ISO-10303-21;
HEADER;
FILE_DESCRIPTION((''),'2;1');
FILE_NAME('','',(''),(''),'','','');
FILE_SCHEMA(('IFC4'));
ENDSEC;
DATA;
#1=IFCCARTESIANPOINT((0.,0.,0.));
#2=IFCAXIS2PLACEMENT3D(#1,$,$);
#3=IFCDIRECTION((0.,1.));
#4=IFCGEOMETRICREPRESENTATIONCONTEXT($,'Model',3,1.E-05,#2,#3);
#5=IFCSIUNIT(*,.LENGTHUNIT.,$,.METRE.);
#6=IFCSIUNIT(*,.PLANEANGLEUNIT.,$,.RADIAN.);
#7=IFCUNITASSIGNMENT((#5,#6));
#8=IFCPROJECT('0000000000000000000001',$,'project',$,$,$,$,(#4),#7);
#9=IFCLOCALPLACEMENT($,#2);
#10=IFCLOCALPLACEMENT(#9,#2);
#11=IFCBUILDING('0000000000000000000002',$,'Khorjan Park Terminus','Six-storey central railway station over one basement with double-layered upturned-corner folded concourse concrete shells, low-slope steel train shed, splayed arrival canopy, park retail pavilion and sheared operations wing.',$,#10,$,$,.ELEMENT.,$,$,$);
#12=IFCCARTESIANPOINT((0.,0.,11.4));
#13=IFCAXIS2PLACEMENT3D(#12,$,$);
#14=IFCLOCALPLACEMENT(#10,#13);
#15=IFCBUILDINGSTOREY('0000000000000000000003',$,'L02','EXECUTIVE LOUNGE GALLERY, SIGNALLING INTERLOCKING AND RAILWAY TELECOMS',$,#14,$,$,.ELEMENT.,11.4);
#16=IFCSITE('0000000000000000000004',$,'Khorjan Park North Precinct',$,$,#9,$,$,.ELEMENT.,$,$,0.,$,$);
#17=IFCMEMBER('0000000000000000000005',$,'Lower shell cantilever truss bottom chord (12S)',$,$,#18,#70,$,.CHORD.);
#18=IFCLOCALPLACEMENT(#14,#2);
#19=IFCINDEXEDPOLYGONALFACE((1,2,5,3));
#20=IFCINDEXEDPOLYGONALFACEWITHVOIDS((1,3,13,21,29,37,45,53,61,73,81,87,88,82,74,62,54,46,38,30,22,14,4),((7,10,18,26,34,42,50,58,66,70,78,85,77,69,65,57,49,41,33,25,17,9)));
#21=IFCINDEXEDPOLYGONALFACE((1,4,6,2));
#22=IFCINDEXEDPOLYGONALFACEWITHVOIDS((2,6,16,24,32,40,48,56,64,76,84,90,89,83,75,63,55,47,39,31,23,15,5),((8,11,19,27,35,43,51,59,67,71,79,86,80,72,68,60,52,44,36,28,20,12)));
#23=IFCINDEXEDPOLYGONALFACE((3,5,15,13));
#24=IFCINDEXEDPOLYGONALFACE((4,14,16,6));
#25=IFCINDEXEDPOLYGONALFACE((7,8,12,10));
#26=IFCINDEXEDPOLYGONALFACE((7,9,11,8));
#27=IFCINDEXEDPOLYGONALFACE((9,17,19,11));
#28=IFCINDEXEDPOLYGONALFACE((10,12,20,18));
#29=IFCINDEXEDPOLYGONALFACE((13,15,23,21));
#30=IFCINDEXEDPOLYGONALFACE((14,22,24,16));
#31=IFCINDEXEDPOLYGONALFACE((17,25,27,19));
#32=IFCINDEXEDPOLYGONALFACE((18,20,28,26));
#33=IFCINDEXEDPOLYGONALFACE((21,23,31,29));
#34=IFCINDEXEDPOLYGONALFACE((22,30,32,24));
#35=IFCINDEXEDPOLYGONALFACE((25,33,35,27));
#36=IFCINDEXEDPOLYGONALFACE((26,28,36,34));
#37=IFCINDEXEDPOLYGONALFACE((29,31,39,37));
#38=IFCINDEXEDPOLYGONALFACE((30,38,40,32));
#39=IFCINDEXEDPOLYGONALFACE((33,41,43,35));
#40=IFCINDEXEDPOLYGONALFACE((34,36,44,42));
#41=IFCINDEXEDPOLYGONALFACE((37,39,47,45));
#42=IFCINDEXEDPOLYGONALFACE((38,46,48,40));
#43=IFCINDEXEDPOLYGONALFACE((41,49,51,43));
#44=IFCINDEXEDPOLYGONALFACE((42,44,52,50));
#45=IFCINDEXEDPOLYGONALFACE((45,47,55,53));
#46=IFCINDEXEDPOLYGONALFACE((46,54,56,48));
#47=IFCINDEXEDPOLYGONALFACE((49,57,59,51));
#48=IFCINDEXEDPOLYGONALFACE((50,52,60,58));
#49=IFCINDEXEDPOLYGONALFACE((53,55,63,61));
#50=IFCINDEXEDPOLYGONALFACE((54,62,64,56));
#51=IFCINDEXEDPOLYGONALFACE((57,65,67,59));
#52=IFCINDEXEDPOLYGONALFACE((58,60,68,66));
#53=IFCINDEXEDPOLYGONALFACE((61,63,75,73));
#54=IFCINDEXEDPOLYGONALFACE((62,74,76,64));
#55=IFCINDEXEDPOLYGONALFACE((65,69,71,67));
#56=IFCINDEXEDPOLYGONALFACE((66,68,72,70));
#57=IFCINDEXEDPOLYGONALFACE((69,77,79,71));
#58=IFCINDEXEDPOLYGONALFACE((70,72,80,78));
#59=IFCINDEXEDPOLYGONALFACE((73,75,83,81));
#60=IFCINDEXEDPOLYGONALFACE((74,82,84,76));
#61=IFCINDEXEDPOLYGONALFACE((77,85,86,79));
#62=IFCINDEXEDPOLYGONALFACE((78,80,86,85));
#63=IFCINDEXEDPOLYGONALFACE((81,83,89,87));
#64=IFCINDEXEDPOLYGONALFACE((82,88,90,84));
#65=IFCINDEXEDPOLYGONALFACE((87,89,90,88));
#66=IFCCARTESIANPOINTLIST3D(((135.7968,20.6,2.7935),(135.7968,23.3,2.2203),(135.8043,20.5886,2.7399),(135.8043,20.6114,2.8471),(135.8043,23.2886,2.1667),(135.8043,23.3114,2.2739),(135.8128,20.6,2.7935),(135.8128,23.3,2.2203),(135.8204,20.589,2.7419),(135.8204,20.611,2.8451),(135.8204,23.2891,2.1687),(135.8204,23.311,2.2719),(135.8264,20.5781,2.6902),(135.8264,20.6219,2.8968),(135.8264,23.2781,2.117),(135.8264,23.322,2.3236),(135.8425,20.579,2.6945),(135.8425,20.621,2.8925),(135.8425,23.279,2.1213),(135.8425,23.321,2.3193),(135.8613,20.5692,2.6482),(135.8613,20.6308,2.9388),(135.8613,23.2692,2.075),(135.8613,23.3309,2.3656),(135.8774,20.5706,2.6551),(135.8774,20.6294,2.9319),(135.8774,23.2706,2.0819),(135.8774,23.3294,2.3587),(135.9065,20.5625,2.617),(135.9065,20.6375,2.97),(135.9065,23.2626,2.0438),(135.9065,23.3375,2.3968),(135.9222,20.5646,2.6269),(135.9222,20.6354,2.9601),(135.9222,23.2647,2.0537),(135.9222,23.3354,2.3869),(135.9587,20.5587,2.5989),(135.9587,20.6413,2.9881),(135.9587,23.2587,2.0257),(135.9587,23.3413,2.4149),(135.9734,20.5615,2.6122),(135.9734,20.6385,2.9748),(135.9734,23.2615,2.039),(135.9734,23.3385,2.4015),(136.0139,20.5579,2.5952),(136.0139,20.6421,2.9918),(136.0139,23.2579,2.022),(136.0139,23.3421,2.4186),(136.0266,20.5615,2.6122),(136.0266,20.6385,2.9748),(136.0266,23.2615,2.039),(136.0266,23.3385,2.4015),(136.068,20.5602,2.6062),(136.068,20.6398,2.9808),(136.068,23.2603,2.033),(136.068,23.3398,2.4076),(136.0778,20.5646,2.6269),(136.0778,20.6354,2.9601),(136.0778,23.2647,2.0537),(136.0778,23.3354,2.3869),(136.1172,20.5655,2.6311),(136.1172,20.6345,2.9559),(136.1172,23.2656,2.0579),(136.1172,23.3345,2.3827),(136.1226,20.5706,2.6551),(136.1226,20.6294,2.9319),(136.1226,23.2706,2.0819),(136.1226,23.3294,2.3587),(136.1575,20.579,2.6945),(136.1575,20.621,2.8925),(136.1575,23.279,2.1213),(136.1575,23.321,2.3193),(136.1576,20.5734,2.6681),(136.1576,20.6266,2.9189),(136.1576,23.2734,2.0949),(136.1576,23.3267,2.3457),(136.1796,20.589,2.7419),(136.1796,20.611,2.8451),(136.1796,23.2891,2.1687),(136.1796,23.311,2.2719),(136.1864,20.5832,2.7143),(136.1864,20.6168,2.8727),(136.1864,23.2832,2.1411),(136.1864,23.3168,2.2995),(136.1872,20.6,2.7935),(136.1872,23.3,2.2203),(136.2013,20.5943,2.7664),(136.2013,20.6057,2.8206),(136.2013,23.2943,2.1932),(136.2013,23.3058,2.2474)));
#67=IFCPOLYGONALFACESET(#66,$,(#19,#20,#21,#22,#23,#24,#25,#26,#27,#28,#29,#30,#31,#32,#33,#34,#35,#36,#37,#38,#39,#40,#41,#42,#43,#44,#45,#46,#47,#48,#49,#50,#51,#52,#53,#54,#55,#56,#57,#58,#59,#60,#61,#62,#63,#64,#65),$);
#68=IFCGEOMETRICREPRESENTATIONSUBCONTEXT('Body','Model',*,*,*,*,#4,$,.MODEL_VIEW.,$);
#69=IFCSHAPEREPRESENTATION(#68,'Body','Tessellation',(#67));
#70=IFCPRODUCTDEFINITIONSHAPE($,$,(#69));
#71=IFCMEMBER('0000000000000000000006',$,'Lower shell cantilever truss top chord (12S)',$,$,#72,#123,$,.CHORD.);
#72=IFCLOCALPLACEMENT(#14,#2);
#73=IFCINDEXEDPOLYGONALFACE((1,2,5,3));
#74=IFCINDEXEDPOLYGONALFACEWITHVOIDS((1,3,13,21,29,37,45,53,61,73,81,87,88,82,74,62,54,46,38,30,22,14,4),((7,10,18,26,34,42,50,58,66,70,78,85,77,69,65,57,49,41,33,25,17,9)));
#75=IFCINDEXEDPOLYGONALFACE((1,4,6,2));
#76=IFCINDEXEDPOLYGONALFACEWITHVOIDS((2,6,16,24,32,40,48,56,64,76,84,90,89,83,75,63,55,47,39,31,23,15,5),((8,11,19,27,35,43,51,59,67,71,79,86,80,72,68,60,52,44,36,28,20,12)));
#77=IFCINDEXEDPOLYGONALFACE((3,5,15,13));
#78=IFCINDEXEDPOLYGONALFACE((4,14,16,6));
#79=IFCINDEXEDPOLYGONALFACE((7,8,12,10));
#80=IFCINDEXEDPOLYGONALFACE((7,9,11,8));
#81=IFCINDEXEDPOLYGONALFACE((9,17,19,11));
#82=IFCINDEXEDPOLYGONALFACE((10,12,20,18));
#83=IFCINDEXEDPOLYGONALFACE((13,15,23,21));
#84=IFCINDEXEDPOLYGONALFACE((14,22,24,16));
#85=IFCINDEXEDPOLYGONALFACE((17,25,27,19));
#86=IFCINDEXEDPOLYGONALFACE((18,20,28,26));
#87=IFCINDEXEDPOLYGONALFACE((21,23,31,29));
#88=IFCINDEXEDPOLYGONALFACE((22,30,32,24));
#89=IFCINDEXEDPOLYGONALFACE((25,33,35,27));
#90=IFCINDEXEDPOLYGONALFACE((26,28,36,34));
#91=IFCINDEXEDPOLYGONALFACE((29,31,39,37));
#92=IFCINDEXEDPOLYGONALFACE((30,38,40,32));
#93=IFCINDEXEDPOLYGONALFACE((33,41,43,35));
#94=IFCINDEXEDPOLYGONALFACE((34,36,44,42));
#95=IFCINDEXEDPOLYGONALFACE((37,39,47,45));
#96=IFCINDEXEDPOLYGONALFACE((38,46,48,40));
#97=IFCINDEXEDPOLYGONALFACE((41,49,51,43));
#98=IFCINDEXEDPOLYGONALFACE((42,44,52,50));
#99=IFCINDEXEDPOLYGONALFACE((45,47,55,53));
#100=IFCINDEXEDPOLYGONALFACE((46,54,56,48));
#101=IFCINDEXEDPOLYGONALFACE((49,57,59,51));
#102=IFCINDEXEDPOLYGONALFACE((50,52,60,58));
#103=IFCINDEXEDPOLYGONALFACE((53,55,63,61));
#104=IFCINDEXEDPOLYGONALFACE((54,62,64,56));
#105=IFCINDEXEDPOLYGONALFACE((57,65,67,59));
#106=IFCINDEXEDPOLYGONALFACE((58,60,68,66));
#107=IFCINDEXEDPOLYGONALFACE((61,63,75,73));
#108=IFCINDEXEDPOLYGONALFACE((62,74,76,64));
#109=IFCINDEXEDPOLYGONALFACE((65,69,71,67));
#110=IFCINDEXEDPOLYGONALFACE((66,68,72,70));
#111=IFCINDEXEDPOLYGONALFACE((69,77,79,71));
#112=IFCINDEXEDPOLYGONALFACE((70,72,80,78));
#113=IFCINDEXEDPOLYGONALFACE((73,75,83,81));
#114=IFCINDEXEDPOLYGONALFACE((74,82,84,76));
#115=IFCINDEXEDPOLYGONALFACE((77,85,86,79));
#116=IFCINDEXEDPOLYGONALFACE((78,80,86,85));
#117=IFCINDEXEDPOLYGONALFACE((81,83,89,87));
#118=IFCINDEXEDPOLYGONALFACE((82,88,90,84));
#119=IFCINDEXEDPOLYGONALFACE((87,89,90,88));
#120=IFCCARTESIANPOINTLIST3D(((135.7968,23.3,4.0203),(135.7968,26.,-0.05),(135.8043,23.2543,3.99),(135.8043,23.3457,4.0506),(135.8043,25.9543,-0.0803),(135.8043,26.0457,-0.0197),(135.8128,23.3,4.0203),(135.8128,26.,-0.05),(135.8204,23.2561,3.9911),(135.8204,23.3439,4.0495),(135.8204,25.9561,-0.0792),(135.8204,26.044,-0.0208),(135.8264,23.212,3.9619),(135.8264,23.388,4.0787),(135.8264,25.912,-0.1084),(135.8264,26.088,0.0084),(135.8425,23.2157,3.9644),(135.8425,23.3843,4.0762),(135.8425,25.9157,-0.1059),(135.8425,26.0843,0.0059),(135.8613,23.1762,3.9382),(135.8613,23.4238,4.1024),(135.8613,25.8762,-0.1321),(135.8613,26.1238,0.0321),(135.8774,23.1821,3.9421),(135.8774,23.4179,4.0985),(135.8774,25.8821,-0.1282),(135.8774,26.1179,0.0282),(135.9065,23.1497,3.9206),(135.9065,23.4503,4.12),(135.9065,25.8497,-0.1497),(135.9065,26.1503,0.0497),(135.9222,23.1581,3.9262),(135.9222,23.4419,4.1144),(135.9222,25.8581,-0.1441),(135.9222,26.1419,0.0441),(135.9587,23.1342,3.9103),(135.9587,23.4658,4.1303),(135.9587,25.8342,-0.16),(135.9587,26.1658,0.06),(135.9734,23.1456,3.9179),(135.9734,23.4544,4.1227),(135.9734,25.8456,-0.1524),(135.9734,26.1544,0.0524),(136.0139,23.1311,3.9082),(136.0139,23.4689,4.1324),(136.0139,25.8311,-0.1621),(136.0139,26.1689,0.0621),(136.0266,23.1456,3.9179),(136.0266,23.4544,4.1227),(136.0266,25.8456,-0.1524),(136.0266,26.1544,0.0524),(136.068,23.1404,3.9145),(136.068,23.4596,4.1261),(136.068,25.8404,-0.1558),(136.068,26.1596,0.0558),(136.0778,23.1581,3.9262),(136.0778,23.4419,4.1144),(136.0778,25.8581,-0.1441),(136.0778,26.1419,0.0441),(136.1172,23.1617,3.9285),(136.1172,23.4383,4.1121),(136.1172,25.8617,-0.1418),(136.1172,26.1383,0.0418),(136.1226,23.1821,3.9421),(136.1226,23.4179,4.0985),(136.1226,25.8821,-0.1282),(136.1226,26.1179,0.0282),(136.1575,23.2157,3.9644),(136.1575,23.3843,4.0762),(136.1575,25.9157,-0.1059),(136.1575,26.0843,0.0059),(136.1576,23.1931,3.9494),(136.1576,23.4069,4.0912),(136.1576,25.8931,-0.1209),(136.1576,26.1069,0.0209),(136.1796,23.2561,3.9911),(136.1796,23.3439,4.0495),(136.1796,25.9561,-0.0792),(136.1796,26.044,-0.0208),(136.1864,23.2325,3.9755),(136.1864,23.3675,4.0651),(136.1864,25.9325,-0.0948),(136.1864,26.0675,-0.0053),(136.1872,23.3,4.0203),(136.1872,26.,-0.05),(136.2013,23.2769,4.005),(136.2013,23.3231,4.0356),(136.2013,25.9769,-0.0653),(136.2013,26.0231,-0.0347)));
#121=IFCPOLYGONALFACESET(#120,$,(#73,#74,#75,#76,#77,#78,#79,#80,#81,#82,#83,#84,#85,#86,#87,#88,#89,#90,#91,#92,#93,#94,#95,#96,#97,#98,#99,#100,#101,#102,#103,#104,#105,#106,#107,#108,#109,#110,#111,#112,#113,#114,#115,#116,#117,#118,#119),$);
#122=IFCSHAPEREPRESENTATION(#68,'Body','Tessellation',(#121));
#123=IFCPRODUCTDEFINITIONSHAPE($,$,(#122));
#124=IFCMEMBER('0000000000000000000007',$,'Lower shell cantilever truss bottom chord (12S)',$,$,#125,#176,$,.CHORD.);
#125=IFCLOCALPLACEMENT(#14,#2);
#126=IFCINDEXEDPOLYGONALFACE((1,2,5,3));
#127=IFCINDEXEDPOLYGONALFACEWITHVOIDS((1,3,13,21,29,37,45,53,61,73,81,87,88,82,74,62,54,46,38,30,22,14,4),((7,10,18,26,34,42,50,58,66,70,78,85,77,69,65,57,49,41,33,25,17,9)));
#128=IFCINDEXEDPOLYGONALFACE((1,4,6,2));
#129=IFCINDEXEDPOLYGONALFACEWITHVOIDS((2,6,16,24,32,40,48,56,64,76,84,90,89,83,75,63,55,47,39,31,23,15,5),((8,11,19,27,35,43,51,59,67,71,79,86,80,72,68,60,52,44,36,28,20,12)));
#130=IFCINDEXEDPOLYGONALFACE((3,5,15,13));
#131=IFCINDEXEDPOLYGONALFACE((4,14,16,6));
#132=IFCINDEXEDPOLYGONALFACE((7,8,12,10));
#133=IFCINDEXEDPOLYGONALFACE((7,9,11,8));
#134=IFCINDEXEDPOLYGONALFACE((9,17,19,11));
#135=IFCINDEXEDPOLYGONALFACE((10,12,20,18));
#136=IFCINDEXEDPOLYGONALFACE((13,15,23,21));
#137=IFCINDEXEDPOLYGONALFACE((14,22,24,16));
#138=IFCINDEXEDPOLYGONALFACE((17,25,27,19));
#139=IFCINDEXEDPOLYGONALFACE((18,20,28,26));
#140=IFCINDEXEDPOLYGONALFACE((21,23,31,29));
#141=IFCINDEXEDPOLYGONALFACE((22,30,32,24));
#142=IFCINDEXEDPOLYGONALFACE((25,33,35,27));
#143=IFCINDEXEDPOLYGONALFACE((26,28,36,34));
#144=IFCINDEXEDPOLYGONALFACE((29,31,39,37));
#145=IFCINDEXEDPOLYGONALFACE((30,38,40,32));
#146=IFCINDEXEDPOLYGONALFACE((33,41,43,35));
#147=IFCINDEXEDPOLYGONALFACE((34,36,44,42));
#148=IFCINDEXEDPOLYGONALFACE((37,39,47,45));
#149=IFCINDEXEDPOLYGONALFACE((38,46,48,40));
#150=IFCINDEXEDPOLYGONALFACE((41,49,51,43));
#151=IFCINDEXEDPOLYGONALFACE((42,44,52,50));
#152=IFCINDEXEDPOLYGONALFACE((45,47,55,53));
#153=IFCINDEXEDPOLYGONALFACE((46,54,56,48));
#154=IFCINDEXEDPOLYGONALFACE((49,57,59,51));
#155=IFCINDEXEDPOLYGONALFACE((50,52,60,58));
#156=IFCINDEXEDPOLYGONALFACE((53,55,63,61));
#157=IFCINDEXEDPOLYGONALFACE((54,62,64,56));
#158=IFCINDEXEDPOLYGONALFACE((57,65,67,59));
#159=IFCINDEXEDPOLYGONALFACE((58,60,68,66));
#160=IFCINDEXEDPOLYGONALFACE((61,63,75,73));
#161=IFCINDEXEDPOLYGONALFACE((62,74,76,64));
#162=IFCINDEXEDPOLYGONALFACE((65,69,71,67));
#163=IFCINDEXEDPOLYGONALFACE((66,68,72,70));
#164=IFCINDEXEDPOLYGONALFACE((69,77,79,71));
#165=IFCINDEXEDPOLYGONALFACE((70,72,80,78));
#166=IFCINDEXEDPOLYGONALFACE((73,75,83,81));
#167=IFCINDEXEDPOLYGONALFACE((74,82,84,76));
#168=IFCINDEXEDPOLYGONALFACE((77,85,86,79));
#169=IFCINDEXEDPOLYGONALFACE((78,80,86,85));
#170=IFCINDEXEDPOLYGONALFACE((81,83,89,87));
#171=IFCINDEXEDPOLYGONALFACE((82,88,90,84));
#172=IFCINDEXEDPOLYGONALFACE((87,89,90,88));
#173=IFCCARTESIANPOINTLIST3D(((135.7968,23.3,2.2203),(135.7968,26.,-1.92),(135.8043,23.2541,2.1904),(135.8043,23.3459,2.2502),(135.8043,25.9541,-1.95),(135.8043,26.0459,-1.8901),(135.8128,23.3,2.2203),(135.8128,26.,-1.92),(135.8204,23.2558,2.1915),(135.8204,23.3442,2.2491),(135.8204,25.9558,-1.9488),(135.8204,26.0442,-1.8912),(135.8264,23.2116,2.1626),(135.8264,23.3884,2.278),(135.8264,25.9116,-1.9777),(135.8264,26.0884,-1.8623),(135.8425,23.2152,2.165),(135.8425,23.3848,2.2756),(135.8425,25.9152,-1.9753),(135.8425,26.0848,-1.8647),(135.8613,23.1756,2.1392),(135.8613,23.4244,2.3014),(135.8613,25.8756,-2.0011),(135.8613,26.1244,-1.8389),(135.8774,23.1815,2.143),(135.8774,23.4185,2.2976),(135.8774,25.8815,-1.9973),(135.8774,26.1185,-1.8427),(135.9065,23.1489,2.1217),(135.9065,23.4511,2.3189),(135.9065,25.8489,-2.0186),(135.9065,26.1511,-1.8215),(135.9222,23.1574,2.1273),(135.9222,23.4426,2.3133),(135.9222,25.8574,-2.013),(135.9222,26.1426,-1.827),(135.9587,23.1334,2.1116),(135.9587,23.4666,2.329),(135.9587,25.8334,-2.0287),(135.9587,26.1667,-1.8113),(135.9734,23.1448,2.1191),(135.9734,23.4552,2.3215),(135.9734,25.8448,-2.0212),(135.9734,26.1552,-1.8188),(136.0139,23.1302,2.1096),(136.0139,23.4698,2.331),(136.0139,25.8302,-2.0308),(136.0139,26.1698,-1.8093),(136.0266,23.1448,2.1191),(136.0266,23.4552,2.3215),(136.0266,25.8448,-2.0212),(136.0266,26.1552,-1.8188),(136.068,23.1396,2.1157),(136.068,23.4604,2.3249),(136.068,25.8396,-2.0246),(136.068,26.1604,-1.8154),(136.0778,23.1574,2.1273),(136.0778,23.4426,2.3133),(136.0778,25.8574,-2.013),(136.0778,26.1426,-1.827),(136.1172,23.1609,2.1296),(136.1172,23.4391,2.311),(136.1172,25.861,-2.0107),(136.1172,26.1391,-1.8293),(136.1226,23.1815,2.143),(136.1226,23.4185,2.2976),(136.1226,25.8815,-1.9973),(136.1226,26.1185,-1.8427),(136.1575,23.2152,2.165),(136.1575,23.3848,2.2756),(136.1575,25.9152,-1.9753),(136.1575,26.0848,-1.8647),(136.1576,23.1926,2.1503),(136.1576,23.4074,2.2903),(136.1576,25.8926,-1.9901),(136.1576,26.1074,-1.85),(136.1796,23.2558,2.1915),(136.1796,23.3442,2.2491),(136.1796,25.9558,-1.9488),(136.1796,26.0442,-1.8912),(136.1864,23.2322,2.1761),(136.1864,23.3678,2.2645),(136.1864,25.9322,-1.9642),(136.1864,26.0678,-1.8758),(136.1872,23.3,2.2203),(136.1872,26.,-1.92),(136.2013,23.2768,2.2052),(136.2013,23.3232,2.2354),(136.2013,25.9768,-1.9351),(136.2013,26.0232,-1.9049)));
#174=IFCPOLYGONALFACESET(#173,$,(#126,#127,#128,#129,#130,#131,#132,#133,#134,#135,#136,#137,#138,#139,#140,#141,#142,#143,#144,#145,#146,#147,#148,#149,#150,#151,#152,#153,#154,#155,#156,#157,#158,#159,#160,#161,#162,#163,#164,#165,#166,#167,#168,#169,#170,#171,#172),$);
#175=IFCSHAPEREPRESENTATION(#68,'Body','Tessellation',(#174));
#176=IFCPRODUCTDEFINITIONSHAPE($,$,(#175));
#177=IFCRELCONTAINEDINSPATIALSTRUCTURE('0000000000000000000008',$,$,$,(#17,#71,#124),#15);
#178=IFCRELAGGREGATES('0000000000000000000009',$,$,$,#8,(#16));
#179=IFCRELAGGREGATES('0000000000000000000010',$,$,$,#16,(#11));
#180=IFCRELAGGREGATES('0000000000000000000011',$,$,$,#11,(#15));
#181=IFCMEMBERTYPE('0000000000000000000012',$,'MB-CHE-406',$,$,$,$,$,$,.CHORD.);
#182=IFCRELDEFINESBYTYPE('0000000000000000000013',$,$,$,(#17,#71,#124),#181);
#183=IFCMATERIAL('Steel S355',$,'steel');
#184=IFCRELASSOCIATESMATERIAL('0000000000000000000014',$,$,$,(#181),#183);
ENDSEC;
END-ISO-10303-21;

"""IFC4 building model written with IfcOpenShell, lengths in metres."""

from ifc_helpers import new_model, si_unit, direction, frame, origin, origin_2d, place, context, subcontext, project, spatial, hollow_circle, extrude, material, material_profile, profile_set, type_object, element, save


model = new_model("IFC4")

# Units and contexts
model_context = context("Model", 3, precision=1e-05, world=origin(), true_north=direction((0.0, 1.0)))
body_context = subcontext(model_context, "Body", "Model", "MODEL_VIEW")
ifc_project = project(units=[si_unit("LENGTHUNIT", "METRE"), si_unit("PLANEANGLEUNIT", "RADIAN")], contexts=[model_context])

# Site, building, storey
site_placement = place(None, origin())
site = spatial("IfcSite", under=ifc_project, at=site_placement, Name="Khorjan Park North Precinct", CompositionType="ELEMENT", RefElevation=0.0)
building_placement = place(site_placement, origin())
building = spatial("IfcBuilding", under=site, at=building_placement, Name="Khorjan Park Terminus", Description="Six-storey central railway station over one basement with double-layered upturned-corner folded concourse concrete shells, low-slope steel train shed, splayed arrival canopy, park retail pavilion and sheared operations wing.", CompositionType="ELEMENT")
storey_placement = place(building_placement, frame((0.0, 0.0, 11.4)))
storey = spatial("IfcBuildingStorey", under=building, at=storey_placement, Name="L02", Description="EXECUTIVE LOUNGE GALLERY, SIGNALLING INTERLOCKING AND RAILWAY TELECOMS", CompositionType="ELEMENT", Elevation=11.4)

# Members
ifc_material_1 = material(Name="Steel S355", Category="steel")
ifc_material_profile_1 = material_profile(ifc_material_1, hollow_circle(Radius=0.2032, WallThickness=0.016, at=origin_2d()), Name="CHS 406.4x16")
ifc_profile_set_1 = profile_set([ifc_material_profile_1], Name="Steel S355")
member_type_1 = type_object("IfcMemberType", Name="MB-CHE-406", PredefinedType="CHORD", material=ifc_profile_set_1)
for number, where, z_axis, x_axis, name in (
    (1, (136.0, 20.6, 2.7935), (0.0, 0.978199, -0.207668), (-1.0, 0.0, 0.0), "Lower shell cantilever truss bottom chord (12S)"),
):
    element("IfcMember", number, at=place(storey_placement, frame(where, z_axis=z_axis, x_axis=x_axis)), inside=storey, type_object=member_type_1, Name=name, PredefinedType="CHORD", context=body_context, shape_type="SweptSolid", body=[
        extrude(hollow_circle(Radius=0.2032, WallThickness=0.016, at=origin_2d()), origin(), (0.0, 0.0, 1.0), 2.7602),
    ])
member_1_placement = place(storey_placement, frame((136.0, 23.3, 4.0203), z_axis=(0.0, 0.552781, -0.833327), x_axis=(-1.0, 0.0, 0.0)))
element("IfcMember", 2, at=member_1_placement, inside=storey, type_object=member_type_1, Name="Lower shell cantilever truss top chord (12S)", PredefinedType="CHORD", context=body_context, shape_type="SweptSolid", body=[
    extrude(hollow_circle(Radius=0.2032, WallThickness=0.016, at=origin_2d()), origin(), (0.0, 0.0, 1.0), 4.8844),
])
member_2_placement = place(storey_placement, frame((136.0, 23.3, 2.2203), z_axis=(0.0, 0.54624, -0.837629), x_axis=(-1.0, 0.0, 0.0)))
element("IfcMember", 3, at=member_2_placement, inside=storey, type_object=member_type_1, Name="Lower shell cantilever truss bottom chord (12S)", PredefinedType="CHORD", context=body_context, shape_type="SweptSolid", body=[
    extrude(hollow_circle(Radius=0.2032, WallThickness=0.016, at=origin_2d()), origin(), (0.0, 0.0, 1.0), 4.9429),
])

save(model, "model.ifc")
